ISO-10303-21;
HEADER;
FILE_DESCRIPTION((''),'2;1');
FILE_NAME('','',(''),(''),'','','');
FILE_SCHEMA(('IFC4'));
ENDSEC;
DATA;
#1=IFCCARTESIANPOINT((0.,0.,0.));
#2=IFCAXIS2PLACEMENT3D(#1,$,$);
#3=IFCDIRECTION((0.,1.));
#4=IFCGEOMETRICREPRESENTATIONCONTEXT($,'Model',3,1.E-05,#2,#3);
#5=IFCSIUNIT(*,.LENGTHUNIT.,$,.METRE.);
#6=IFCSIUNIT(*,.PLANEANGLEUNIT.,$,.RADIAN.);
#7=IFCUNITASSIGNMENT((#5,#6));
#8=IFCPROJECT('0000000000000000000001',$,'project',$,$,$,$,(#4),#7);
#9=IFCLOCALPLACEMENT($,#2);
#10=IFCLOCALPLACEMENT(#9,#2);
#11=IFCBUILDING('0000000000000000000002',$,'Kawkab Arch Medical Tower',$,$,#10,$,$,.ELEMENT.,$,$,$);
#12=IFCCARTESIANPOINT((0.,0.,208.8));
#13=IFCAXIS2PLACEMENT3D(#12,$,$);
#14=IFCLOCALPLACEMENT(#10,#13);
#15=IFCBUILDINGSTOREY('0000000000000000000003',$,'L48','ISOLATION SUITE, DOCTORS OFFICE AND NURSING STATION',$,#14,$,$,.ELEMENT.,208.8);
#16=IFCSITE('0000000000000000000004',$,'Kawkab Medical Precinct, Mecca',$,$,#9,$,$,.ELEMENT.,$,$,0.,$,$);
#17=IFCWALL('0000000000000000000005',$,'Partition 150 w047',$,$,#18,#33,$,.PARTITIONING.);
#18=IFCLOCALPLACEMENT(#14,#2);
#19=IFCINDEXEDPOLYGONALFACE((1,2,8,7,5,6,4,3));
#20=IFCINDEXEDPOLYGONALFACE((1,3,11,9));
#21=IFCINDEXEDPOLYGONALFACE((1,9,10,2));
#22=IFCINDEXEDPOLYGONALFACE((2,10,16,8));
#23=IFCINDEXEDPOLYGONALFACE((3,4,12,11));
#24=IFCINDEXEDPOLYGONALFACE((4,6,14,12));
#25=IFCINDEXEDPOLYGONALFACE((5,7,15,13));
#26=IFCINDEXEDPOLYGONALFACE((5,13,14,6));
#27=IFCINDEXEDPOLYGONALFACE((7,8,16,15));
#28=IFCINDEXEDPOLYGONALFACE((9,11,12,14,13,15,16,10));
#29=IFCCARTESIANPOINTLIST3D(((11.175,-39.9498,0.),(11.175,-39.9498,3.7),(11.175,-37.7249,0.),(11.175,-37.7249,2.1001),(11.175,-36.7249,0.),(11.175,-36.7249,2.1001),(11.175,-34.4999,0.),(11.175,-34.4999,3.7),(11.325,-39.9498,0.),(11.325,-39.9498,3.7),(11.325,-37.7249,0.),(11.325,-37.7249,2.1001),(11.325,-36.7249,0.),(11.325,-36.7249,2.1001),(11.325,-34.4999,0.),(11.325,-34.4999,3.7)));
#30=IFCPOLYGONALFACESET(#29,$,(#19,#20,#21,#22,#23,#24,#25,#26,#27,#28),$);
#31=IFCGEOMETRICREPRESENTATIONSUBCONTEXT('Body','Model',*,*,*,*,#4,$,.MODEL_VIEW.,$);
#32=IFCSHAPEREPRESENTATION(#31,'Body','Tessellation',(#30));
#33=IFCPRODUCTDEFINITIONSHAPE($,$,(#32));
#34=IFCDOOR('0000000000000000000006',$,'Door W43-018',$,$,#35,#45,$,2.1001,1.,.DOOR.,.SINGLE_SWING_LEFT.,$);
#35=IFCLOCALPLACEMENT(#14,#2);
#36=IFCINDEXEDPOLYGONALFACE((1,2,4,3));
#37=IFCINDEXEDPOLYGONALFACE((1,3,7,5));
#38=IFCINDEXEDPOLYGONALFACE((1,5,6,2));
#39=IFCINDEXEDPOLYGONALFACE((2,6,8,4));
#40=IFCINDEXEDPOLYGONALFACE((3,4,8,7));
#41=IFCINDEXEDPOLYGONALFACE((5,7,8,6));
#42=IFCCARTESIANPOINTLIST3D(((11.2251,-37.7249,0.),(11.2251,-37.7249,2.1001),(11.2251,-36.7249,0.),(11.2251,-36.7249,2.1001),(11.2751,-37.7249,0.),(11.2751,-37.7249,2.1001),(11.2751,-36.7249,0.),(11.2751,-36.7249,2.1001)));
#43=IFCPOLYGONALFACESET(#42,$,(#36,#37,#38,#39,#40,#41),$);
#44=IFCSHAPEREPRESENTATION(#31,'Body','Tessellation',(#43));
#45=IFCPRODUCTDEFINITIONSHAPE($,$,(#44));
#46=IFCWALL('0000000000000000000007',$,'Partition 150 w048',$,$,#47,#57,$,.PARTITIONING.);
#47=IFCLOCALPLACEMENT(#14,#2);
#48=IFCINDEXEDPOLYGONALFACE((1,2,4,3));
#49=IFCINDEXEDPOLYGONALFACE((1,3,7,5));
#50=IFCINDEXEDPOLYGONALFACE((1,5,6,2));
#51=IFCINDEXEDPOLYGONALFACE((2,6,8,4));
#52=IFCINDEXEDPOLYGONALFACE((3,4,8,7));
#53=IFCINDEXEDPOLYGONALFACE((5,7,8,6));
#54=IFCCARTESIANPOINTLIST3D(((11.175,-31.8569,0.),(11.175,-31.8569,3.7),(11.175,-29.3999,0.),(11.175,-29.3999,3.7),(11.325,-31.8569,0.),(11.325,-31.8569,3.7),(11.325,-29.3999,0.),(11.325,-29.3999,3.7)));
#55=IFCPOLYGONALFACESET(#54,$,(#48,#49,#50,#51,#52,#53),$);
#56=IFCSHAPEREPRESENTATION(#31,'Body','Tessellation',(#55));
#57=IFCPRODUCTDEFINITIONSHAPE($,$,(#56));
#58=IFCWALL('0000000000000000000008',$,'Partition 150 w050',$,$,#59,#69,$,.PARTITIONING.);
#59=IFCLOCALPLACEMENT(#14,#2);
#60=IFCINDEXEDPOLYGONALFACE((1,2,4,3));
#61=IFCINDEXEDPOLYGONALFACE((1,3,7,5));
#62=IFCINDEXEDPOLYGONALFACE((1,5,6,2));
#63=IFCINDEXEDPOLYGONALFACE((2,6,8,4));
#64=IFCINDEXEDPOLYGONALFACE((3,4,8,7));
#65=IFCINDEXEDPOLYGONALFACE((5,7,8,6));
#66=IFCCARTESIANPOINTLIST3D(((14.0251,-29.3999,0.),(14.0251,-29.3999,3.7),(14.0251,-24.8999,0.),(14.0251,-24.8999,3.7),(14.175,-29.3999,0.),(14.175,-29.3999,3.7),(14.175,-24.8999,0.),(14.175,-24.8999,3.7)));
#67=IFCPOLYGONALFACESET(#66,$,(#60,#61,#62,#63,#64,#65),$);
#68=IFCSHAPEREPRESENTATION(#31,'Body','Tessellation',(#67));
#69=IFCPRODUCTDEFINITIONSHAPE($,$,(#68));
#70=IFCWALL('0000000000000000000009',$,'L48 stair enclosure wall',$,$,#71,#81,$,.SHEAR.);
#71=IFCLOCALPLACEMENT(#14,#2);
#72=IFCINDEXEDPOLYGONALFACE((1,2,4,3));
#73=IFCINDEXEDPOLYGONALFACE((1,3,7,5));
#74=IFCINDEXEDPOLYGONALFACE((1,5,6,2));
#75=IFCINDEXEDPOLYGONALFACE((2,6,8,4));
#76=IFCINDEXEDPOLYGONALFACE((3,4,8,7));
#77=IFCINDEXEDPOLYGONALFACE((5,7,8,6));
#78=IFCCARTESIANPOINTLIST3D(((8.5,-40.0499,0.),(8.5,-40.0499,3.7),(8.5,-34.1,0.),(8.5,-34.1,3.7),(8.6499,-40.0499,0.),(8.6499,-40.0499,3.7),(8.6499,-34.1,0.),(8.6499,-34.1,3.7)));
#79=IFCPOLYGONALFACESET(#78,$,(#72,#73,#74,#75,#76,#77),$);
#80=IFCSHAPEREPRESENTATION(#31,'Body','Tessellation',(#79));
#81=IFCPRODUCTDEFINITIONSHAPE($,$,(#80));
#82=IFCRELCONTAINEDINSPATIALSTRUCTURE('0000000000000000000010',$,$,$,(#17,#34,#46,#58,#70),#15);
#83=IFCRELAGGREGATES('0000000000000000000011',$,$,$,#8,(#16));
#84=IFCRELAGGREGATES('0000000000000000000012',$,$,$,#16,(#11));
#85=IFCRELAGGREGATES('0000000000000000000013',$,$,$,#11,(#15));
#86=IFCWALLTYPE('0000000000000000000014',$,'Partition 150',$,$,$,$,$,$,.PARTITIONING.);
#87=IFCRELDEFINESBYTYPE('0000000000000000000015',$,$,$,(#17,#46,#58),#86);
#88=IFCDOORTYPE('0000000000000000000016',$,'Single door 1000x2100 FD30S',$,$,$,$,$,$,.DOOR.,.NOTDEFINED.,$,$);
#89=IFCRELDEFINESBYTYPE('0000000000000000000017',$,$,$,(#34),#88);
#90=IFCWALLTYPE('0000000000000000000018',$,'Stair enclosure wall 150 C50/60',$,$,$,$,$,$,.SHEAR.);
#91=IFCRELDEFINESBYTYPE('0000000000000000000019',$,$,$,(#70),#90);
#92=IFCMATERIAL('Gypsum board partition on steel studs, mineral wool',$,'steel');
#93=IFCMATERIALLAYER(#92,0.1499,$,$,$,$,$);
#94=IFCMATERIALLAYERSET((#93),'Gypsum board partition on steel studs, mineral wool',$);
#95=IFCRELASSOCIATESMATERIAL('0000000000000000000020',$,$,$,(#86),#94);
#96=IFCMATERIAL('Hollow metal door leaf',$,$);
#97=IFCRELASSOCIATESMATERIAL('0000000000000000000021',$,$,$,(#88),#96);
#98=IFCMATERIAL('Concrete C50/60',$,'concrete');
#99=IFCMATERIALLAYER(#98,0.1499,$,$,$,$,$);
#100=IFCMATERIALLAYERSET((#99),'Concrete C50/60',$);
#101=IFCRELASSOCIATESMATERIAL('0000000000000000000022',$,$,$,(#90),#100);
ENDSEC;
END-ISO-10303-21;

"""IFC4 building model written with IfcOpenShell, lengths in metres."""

from ifc_helpers import new_model, si_unit, direction, frame, frame_2d, origin, place, context, subcontext, project, spatial, rectangle, extrude, material, layer, layer_set, type_object, element, fill, save


model = new_model("IFC4")

# Units and contexts
model_context = context("Model", 3, precision=1e-05, world=origin(), true_north=direction((0.0, 1.0)))
body_context = subcontext(model_context, "Body", "Model", "MODEL_VIEW")
ifc_project = project(units=[si_unit("LENGTHUNIT", "METRE"), si_unit("PLANEANGLEUNIT", "RADIAN")], contexts=[model_context])

# Site, building, storey
site_placement = place(None, origin())
site = spatial("IfcSite", under=ifc_project, at=site_placement, Name="Kawkab Medical Precinct, Mecca", CompositionType="ELEMENT", RefElevation=0.0)
building_placement = place(site_placement, origin())
building = spatial("IfcBuilding", under=site, at=building_placement, Name="Kawkab Arch Medical Tower", CompositionType="ELEMENT")
storey_placement = place(building_placement, frame((0.0, 0.0, 208.8)))
storey = spatial("IfcBuildingStorey", under=building, at=storey_placement, Name="L48", Description="ISOLATION SUITE, DOCTORS OFFICE AND NURSING STATION", CompositionType="ELEMENT", Elevation=208.8)

# Shared definitions
ifc_material_1 = material(Name="Gypsum board partition on steel studs, mineral wool", Category="steel")
ifc_layer_1 = layer(ifc_material_1, 0.1499)
ifc_layer_set_1 = layer_set([ifc_layer_1], Name="Gypsum board partition on steel studs, mineral wool")
wall_type_1 = type_object("IfcWallType", Name="Partition 150", PredefinedType="PARTITIONING", material=ifc_layer_set_1)

# Wall, opening, door
wall_1_placement = place(storey_placement, frame((11.25, -39.95, 0.0), z_axis=(0.0, 0.0, 1.0), x_axis=(0.0, 1.0, 0.0)))
wall_1 = element("IfcWall", 1, at=wall_1_placement, inside=storey, type_object=wall_type_1, Name="Partition 150 w047", PredefinedType="PARTITIONING", context=body_context, shape_type="SweptSolid", body=[
    extrude(rectangle(XDim=5.45, YDim=0.1499, at=frame_2d((2.7251, 0.0))), origin(), (0.0, 0.0, 1.0), 3.7),
])
opening_1_placement = place(wall_1_placement, frame((2.2251, 0.0, 0.0)))
opening_1 = element("IfcOpeningElement", 2, at=opening_1_placement, cuts=wall_1, PredefinedType="OPENING", context=body_context, shape_type="SweptSolid", body=[
    extrude(rectangle(XDim=1.0, YDim=2.1001, at=frame_2d((0.5, 1.05))), frame((0.0, 0.085, 0.0), z_axis=(0.0, -1.0, 0.0), x_axis=(1.0, 0.0, 0.0)), (0.0, 0.0, 1.0), 0.1699),
])
ifc_material_2 = material(Name="Hollow metal door leaf")
door_type_1 = type_object("IfcDoorType", Name="Single door 1000x2100 FD30S", OperationType="NOTDEFINED", PredefinedType="DOOR", material=ifc_material_2)
door_1_placement = place(opening_1_placement, origin())
door_1 = element("IfcDoor", 3, at=door_1_placement, inside=storey, type_object=door_type_1, Name="Door W43-018", OperationType="SINGLE_SWING_LEFT", OverallHeight=2.1001, OverallWidth=1.0, PredefinedType="DOOR", context=body_context, shape_type="SweptSolid", body=[
    extrude(rectangle(XDim=1.0, YDim=2.1001, at=frame_2d((0.5, 1.05))), frame((0.0, 0.0249, 0.0), z_axis=(0.0, -1.0, 0.0), x_axis=(1.0, 0.0, 0.0)), (0.0, 0.0, 1.0), 0.05),
])
fill(opening_1, door_1)

# Walls
wall_2_placement = place(storey_placement, frame((11.25, -31.8569, 0.0), z_axis=(0.0, 0.0, 1.0), x_axis=(0.0, 1.0, 0.0)))
element("IfcWall", 4, at=wall_2_placement, inside=storey, type_object=wall_type_1, Name="Partition 150 w048", PredefinedType="PARTITIONING", context=body_context, shape_type="SweptSolid", body=[
    extrude(rectangle(XDim=2.457, YDim=0.1499, at=frame_2d((1.2285, 0.0))), origin(), (0.0, 0.0, 1.0), 3.7),
])
wall_3_placement = place(storey_placement, frame((14.1001, -29.3999, 0.0), z_axis=(0.0, 0.0, 1.0), x_axis=(0.0, 1.0, 0.0)))
element("IfcWall", 5, at=wall_3_placement, inside=storey, type_object=wall_type_1, Name="Partition 150 w050", PredefinedType="PARTITIONING", context=body_context, shape_type="SweptSolid", body=[
    extrude(rectangle(XDim=4.5, YDim=0.1499, at=frame_2d((2.25, 0.0))), origin(), (0.0, 0.0, 1.0), 3.7),
])
ifc_material_3 = material(Name="Concrete C50/60", Category="concrete")
ifc_layer_2 = layer(ifc_material_3, 0.1499)
ifc_layer_set_2 = layer_set([ifc_layer_2], Name="Concrete C50/60")
wall_type_2 = type_object("IfcWallType", Name="Stair enclosure wall 150 C50/60", PredefinedType="SHEAR", material=ifc_layer_set_2)
wall_4_placement = place(storey_placement, frame((8.575, -40.05, 0.0), z_axis=(0.0, 0.0, 1.0), x_axis=(0.0, 1.0, 0.0)))
element("IfcWall", 6, at=wall_4_placement, inside=storey, type_object=wall_type_2, Name="L48 stair enclosure wall", PredefinedType="SHEAR", context=body_context, shape_type="SweptSolid", body=[
    extrude(rectangle(XDim=5.95, YDim=0.1499, at=frame_2d((2.9751, 0.0))), origin(), (0.0, 0.0, 1.0), 3.7),
])

save(model, "model.ifc")
